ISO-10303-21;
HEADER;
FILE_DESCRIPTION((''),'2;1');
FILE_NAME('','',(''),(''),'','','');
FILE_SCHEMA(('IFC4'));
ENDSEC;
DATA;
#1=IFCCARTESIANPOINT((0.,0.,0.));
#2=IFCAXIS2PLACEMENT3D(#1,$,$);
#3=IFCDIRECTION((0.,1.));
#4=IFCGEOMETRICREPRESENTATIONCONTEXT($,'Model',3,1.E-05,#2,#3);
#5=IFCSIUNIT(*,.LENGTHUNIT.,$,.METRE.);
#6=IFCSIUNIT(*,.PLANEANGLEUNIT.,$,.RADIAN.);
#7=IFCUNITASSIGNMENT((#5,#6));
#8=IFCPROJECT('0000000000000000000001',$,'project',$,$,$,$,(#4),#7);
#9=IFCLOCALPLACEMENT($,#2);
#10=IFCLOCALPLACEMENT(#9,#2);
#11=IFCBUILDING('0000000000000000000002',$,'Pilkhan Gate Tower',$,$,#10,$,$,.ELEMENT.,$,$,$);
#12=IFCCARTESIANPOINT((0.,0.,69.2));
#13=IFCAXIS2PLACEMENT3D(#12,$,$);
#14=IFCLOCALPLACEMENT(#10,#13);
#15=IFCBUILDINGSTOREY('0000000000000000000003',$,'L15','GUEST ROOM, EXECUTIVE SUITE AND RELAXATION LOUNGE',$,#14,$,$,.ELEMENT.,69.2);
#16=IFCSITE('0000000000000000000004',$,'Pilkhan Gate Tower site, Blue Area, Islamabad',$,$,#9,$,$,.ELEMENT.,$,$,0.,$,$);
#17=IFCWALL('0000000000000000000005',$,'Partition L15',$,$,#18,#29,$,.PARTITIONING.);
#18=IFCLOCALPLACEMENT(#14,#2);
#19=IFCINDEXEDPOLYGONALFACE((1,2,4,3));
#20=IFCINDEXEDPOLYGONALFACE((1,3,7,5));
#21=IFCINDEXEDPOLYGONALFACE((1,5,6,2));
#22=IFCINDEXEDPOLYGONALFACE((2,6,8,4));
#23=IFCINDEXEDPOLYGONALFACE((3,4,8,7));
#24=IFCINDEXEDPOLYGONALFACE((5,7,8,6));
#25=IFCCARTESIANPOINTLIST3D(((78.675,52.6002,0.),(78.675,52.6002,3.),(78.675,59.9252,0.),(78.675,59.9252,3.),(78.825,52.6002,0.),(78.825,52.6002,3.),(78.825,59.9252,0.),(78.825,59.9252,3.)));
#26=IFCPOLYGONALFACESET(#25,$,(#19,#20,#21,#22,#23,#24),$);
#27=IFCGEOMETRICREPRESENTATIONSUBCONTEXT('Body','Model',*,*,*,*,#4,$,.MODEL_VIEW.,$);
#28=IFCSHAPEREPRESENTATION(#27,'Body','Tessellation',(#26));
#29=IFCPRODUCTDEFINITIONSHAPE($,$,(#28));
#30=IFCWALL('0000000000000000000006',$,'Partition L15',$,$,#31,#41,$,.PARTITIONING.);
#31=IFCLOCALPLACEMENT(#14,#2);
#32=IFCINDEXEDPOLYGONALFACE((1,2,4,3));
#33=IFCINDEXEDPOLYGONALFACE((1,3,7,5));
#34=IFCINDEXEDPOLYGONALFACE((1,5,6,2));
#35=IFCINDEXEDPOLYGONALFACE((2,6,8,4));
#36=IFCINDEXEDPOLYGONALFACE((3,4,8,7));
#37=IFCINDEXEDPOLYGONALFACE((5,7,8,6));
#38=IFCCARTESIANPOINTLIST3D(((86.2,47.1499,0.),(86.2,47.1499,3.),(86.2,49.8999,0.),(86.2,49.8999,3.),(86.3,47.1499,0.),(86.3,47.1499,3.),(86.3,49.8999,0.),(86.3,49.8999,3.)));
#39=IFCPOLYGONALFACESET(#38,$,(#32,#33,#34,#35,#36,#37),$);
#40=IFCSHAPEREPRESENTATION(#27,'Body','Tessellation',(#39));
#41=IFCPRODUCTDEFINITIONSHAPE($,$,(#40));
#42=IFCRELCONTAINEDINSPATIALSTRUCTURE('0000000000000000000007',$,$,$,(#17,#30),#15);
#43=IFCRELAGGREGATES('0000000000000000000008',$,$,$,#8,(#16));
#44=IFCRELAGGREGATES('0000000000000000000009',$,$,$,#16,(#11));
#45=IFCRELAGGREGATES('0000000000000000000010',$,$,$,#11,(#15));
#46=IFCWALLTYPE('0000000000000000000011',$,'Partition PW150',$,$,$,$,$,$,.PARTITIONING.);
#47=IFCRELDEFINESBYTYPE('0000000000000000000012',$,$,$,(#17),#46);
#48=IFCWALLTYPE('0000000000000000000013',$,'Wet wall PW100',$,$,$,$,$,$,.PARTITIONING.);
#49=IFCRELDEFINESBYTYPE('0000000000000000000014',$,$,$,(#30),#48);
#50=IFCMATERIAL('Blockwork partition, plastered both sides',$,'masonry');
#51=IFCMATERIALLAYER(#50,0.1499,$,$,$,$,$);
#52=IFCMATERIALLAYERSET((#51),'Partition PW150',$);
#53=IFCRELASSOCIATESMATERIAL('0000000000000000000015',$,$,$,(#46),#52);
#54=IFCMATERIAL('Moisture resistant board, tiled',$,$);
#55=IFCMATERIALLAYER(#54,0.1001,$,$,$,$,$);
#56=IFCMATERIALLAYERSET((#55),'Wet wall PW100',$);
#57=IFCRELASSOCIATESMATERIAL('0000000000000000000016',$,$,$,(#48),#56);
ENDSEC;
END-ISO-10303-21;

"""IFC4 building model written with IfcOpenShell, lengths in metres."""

from ifc_helpers import new_model, si_unit, direction, frame, frame_2d, origin, place, context, subcontext, project, spatial, rectangle, extrude, material, layer, layer_set, type_object, element, save


model = new_model("IFC4")

# Units and contexts
model_context = context("Model", 3, precision=1e-05, world=origin(), true_north=direction((0.0, 1.0)))
body_context = subcontext(model_context, "Body", "Model", "MODEL_VIEW")
ifc_project = project(units=[si_unit("LENGTHUNIT", "METRE"), si_unit("PLANEANGLEUNIT", "RADIAN")], contexts=[model_context])

# Site, building, storey
site_placement = place(None, origin())
site = spatial("IfcSite", under=ifc_project, at=site_placement, Name="Pilkhan Gate Tower site, Blue Area, Islamabad", CompositionType="ELEMENT", RefElevation=0.0)
building_placement = place(site_placement, origin())
building = spatial("IfcBuilding", under=site, at=building_placement, Name="Pilkhan Gate Tower", CompositionType="ELEMENT")
storey_placement = place(building_placement, frame((0.0, 0.0, 69.2)))
storey = spatial("IfcBuildingStorey", under=building, at=storey_placement, Name="L15", Description="GUEST ROOM, EXECUTIVE SUITE AND RELAXATION LOUNGE", CompositionType="ELEMENT", Elevation=69.2)

# Walls
ifc_material_1 = material(Name="Blockwork partition, plastered both sides", Category="masonry")
ifc_layer_1 = layer(ifc_material_1, 0.1499)
ifc_layer_set_1 = layer_set([ifc_layer_1], Name="Partition PW150")
wall_type_1 = type_object("IfcWallType", Name="Partition PW150", PredefinedType="PARTITIONING", material=ifc_layer_set_1)
wall_1_placement = place(storey_placement, frame((78.75, 52.6001, 0.0), z_axis=(0.0, 0.0, 1.0), x_axis=(0.0, 1.0, 0.0)))
element("IfcWall", 1, at=wall_1_placement, inside=storey, type_object=wall_type_1, Name="Partition L15", PredefinedType="PARTITIONING", context=body_context, shape_type="SweptSolid", body=[
    extrude(rectangle(XDim=7.325, YDim=0.1499, at=frame_2d((3.6626, 0.0))), origin(), (0.0, 0.0, 1.0), 3.0),
])
ifc_material_2 = material(Name="Moisture resistant board, tiled")
ifc_layer_2 = layer(ifc_material_2, 0.1001)
ifc_layer_set_2 = layer_set([ifc_layer_2], Name="Wet wall PW100")
wall_type_2 = type_object("IfcWallType", Name="Wet wall PW100", PredefinedType="PARTITIONING", material=ifc_layer_set_2)
wall_2_placement = place(storey_placement, frame((86.25, 47.1499, 0.0), z_axis=(0.0, 0.0, 1.0), x_axis=(0.0, 1.0, 0.0)))
element("IfcWall", 2, at=wall_2_placement, inside=storey, type_object=wall_type_2, Name="Partition L15", PredefinedType="PARTITIONING", context=body_context, shape_type="SweptSolid", body=[
    extrude(rectangle(XDim=2.75, YDim=0.1001, at=frame_2d((1.375, 0.0))), origin(), (0.0, 0.0, 1.0), 3.0),
])

save(model, "model.ifc")
